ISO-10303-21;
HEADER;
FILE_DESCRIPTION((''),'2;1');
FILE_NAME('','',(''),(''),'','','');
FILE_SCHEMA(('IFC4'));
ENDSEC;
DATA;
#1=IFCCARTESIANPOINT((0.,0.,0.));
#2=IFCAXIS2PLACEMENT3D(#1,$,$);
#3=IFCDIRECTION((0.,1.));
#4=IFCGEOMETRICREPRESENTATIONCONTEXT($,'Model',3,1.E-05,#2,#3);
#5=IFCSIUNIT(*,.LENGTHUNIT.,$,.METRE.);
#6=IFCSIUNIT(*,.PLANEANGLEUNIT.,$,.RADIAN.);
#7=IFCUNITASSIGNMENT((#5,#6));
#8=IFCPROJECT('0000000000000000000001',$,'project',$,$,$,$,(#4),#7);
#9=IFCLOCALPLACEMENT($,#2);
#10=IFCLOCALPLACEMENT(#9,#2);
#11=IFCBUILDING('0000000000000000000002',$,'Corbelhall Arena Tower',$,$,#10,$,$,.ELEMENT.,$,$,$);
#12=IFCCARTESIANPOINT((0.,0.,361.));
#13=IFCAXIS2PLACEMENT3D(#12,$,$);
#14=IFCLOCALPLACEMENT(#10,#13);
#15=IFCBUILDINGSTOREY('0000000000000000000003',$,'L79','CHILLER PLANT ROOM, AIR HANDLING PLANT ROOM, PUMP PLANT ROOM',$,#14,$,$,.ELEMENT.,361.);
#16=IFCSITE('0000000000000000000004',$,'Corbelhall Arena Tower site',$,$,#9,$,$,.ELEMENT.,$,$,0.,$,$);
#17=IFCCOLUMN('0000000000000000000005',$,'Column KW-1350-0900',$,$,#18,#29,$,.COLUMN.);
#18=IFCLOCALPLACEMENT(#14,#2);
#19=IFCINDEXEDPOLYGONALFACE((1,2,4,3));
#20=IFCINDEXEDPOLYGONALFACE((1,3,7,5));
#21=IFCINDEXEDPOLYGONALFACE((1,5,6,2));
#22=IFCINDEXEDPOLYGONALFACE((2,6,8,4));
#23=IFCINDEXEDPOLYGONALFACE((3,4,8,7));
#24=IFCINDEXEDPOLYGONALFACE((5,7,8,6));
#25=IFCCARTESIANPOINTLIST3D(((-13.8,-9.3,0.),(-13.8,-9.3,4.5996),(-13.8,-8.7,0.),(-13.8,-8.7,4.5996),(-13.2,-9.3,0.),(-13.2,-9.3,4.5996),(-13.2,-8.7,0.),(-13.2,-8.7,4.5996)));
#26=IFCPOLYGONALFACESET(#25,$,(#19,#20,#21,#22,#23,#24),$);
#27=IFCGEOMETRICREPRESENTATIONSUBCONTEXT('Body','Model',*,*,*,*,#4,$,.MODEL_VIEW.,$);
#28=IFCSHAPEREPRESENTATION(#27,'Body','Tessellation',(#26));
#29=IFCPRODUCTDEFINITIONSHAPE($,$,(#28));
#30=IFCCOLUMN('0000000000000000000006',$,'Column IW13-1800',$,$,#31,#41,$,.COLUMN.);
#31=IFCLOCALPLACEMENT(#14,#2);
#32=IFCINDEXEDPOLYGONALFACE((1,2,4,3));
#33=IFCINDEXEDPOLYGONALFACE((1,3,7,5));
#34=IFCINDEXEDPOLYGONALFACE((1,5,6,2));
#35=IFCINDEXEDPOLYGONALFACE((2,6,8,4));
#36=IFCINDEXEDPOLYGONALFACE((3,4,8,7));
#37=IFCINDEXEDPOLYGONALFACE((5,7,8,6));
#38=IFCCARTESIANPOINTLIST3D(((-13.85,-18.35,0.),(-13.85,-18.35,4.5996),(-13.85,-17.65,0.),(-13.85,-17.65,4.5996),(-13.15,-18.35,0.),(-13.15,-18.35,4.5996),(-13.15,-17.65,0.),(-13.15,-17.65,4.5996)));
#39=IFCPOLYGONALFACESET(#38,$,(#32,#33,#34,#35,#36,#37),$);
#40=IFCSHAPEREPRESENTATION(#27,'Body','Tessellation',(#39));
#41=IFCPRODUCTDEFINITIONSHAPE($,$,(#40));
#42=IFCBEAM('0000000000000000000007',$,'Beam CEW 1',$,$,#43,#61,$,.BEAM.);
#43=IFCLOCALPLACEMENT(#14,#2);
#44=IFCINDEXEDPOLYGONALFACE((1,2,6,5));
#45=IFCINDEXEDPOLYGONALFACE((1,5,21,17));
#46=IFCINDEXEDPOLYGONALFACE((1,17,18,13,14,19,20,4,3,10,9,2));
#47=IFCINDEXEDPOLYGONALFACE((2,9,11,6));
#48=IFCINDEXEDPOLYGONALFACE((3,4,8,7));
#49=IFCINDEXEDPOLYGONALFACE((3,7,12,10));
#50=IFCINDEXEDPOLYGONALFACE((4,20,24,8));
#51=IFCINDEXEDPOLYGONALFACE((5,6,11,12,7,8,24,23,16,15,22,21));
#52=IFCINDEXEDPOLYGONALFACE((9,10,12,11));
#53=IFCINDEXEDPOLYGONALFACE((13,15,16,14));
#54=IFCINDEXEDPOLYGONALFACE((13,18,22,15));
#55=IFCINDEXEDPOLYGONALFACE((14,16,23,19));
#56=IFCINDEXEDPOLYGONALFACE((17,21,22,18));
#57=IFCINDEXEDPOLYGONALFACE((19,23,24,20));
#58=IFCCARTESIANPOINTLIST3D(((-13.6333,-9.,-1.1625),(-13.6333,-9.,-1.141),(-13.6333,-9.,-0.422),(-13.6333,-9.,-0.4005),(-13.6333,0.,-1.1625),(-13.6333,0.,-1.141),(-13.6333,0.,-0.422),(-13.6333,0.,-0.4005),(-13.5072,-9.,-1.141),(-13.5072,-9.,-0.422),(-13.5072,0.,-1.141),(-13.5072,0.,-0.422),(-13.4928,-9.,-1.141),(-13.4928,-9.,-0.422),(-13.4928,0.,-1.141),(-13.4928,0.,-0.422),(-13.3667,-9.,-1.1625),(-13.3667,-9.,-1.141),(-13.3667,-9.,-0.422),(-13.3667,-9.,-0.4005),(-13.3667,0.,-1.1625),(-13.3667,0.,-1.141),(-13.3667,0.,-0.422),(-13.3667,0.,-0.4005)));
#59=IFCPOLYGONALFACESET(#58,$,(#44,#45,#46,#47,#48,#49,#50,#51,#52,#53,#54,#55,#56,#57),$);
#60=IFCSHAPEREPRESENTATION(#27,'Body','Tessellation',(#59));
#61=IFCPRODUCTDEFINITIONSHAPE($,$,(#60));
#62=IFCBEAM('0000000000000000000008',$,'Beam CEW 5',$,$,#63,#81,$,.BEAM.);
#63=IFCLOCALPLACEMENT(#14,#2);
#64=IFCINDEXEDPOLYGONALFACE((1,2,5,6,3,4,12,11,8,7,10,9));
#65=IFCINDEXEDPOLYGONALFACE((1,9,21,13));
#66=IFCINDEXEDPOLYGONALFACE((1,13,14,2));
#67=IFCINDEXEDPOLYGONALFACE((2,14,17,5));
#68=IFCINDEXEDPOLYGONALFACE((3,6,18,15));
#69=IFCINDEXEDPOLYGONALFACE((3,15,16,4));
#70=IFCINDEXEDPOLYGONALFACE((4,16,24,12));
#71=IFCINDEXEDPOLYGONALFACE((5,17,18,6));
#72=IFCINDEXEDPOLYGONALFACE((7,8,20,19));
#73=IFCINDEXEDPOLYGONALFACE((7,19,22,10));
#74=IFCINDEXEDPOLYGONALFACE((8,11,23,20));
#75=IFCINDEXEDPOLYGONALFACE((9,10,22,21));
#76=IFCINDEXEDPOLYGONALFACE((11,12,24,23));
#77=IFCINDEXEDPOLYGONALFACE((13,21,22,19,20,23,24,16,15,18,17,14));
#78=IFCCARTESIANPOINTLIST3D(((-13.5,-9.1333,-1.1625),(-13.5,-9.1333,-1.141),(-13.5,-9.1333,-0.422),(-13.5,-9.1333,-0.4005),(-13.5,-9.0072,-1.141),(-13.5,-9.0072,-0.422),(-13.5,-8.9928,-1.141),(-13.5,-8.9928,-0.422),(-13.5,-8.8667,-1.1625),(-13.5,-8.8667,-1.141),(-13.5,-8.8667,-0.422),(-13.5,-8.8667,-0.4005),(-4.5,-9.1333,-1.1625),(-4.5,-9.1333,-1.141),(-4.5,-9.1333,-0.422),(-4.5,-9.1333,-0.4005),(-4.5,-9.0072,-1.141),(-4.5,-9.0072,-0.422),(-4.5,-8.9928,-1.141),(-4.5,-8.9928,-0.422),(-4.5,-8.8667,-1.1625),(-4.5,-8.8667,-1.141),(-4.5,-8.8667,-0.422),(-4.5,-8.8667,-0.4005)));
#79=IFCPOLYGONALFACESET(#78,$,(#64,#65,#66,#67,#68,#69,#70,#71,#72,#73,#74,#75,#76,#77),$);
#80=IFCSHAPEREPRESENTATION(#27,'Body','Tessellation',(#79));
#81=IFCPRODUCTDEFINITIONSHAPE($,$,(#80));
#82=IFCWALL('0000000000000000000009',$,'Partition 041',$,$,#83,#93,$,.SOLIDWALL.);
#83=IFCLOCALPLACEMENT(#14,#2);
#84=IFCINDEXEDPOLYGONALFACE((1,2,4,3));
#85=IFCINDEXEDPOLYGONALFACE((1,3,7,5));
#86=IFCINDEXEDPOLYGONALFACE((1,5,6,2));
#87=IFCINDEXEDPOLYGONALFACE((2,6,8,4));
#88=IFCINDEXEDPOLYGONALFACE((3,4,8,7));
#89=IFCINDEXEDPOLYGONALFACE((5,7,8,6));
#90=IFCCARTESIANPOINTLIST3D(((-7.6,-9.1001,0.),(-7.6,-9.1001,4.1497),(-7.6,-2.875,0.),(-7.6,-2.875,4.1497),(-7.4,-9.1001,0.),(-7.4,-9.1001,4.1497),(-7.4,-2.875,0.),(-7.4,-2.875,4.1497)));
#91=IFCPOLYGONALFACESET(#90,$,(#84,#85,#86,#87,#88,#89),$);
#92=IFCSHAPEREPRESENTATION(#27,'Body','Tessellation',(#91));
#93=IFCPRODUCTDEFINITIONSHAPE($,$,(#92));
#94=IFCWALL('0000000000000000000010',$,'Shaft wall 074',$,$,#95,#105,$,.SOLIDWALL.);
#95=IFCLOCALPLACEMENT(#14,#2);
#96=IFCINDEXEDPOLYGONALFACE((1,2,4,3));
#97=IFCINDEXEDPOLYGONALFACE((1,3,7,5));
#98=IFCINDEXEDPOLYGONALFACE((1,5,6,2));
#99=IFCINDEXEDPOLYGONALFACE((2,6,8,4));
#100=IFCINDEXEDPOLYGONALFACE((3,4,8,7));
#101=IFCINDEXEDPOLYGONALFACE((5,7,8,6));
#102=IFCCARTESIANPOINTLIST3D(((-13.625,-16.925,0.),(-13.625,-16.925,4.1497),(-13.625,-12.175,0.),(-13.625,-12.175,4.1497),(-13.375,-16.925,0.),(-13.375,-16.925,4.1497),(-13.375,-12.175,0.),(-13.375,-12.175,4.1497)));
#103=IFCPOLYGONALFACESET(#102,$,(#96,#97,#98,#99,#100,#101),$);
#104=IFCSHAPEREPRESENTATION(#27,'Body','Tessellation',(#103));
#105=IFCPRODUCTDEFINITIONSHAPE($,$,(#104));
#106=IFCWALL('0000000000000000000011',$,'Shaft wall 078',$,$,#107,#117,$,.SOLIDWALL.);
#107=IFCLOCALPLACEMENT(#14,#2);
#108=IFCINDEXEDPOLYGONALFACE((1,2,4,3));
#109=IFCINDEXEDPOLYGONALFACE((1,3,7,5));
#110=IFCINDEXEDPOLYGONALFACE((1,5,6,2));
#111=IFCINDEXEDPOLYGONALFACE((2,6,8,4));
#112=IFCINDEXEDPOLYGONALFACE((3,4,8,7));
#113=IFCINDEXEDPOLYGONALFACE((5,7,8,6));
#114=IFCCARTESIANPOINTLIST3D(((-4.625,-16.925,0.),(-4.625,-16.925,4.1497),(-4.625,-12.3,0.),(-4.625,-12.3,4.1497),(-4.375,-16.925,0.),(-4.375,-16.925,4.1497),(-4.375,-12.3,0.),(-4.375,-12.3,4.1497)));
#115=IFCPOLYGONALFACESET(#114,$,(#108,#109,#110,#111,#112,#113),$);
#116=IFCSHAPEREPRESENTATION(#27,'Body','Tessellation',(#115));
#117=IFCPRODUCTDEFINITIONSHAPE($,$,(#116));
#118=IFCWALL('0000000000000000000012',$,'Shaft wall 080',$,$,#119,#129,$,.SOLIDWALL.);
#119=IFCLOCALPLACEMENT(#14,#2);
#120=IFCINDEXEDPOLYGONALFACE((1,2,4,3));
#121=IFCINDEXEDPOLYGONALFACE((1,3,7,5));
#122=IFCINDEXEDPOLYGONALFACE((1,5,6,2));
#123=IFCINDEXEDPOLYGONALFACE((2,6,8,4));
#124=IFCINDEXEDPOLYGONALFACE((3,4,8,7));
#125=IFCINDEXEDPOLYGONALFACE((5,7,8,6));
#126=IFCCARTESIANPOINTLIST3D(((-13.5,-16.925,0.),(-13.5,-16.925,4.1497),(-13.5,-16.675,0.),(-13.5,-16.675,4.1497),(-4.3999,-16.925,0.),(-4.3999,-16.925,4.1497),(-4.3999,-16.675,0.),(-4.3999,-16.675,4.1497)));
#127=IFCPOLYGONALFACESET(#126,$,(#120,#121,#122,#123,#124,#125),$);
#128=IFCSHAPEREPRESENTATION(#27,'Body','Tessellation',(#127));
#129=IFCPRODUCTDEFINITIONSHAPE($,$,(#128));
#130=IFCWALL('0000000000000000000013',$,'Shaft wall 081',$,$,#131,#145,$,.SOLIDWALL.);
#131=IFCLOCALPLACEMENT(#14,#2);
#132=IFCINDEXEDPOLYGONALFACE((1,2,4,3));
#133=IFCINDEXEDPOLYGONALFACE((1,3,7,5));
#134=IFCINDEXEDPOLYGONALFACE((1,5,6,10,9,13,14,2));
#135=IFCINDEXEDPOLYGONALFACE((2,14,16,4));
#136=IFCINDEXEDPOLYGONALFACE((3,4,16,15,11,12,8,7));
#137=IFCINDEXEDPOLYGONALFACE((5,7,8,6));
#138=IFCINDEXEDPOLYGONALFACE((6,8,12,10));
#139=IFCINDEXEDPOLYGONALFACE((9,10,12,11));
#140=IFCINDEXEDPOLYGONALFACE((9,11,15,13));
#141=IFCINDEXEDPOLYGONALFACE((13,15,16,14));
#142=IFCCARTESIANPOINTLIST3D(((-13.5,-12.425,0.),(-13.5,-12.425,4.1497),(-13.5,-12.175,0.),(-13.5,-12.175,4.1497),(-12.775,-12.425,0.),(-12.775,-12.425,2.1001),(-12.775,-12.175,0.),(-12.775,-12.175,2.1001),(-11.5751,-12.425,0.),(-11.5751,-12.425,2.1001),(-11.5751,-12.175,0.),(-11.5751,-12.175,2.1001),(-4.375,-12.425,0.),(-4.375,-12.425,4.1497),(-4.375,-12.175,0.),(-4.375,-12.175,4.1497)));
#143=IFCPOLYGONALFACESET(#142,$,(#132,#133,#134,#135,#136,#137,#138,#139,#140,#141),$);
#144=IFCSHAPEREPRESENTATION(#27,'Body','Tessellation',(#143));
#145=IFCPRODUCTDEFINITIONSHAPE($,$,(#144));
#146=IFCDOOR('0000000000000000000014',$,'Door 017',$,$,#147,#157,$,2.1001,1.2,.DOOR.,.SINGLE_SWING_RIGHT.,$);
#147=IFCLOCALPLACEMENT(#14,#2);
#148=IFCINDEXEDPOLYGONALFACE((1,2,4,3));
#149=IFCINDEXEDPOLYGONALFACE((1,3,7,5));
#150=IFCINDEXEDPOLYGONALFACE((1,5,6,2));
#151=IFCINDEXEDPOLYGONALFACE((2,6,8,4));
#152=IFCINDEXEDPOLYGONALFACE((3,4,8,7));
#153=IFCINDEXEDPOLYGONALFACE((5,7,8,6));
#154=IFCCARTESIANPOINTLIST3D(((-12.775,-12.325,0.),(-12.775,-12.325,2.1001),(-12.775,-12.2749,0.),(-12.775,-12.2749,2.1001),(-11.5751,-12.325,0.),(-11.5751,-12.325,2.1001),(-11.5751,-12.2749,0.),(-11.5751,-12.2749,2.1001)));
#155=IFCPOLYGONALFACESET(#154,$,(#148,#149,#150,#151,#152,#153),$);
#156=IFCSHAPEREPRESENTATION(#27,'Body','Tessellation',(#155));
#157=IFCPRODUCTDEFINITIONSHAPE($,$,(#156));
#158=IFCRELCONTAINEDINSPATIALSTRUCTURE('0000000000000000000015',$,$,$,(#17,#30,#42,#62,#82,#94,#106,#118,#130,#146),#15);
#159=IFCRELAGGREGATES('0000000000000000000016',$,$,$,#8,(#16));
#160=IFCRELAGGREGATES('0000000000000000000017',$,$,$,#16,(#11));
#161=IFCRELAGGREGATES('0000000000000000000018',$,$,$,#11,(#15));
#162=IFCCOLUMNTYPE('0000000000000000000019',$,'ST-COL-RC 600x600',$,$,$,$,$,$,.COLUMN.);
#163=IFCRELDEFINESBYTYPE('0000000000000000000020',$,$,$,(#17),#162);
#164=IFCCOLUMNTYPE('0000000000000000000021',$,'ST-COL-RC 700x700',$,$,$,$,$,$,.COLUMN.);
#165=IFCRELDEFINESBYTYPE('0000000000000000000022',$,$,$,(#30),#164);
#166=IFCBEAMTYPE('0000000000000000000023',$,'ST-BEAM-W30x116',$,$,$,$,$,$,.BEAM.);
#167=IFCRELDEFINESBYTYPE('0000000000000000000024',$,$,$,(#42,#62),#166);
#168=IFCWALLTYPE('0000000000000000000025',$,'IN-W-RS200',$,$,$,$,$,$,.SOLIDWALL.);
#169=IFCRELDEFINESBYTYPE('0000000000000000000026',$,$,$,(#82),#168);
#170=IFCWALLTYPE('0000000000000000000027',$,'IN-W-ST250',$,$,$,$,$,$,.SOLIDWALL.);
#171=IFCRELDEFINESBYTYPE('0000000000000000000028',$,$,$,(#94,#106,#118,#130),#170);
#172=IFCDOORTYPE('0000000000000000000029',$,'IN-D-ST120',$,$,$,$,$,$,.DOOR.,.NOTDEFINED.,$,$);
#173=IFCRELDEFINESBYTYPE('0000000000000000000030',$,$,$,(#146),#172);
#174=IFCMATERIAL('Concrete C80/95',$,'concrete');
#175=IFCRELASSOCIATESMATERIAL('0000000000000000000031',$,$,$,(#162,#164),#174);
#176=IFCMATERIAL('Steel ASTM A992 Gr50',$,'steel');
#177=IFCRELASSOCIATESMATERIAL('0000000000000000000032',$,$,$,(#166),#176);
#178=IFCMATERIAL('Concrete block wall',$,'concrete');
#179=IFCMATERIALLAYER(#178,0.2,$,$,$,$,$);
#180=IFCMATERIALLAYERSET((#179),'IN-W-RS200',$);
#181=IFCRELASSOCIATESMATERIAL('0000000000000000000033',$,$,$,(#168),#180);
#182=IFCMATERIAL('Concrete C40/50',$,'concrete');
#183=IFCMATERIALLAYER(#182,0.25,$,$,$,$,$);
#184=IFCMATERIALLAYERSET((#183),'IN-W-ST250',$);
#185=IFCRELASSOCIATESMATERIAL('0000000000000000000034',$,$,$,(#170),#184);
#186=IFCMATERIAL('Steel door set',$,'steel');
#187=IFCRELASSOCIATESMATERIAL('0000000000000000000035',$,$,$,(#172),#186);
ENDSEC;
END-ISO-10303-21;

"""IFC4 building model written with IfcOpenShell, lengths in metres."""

from ifc_helpers import new_model, si_unit, direction, frame, frame_2d, origin, origin_2d, place, context, subcontext, project, spatial, rectangle, i_section, extrude, material, layer, layer_set, material_profile, profile_set, type_object, element, fill, save


model = new_model("IFC4")

# Units and contexts
model_context = context("Model", 3, precision=1e-05, world=origin(), true_north=direction((0.0, 1.0)))
body_context = subcontext(model_context, "Body", "Model", "MODEL_VIEW")
ifc_project = project(units=[si_unit("LENGTHUNIT", "METRE"), si_unit("PLANEANGLEUNIT", "RADIAN")], contexts=[model_context])

# Site, building, storey
site_placement = place(None, origin())
site = spatial("IfcSite", under=ifc_project, at=site_placement, Name="Corbelhall Arena Tower site", CompositionType="ELEMENT", RefElevation=0.0)
building_placement = place(site_placement, origin())
building = spatial("IfcBuilding", under=site, at=building_placement, Name="Corbelhall Arena Tower", CompositionType="ELEMENT")
storey_placement = place(building_placement, frame((0.0, 0.0, 361.0)))
storey = spatial("IfcBuildingStorey", under=building, at=storey_placement, Name="L79", Description="CHILLER PLANT ROOM, AIR HANDLING PLANT ROOM, PUMP PLANT ROOM", CompositionType="ELEMENT", Elevation=361.0)

# Columns
ifc_material_1 = material(Name="Concrete C80/95", Category="concrete")
ifc_material_profile_1 = material_profile(ifc_material_1, rectangle(XDim=0.6001, YDim=0.6001, at=origin_2d()))
ifc_profile_set_1 = profile_set([ifc_material_profile_1], Name="Concrete C80/95")
column_type_1 = type_object("IfcColumnType", Name="ST-COL-RC 600x600", PredefinedType="COLUMN", material=ifc_profile_set_1)
column_1_placement = place(storey_placement, frame((-13.5, -9.0, 0.0), z_axis=(0.0, 0.0, 1.0), x_axis=(1.0, 0.0, 0.0)))
element("IfcColumn", 1, at=column_1_placement, inside=storey, type_object=column_type_1, Name="Column KW-1350-0900", PredefinedType="COLUMN", context=body_context, shape_type="SweptSolid", body=[
    extrude(rectangle(XDim=0.6001, YDim=0.6001, at=origin_2d()), origin(), (0.0, 0.0, 1.0), 4.5996),
])
ifc_material_profile_2 = material_profile(ifc_material_1, rectangle(XDim=0.7, YDim=0.7, at=origin_2d()))
ifc_profile_set_2 = profile_set([ifc_material_profile_2], Name="Concrete C80/95")
column_type_2 = type_object("IfcColumnType", Name="ST-COL-RC 700x700", PredefinedType="COLUMN", material=ifc_profile_set_2)
column_2_placement = place(storey_placement, frame((-13.5, -18.0, 0.0), z_axis=(0.0, 0.0, 1.0), x_axis=(1.0, 0.0, 0.0)))
element("IfcColumn", 2, at=column_2_placement, inside=storey, type_object=column_type_2, Name="Column IW13-1800", PredefinedType="COLUMN", context=body_context, shape_type="SweptSolid", body=[
    extrude(rectangle(XDim=0.7, YDim=0.7, at=origin_2d()), origin(), (0.0, 0.0, 1.0), 4.5996),
])

# Beams
ifc_material_2 = material(Name="Steel ASTM A992 Gr50", Category="steel")
ifc_material_profile_3 = material_profile(ifc_material_2, i_section(OverallWidth=0.2666, OverallDepth=0.762, WebThickness=0.0144, FlangeThickness=0.0215, at=origin_2d()))
ifc_profile_set_3 = profile_set([ifc_material_profile_3], Name="Steel ASTM A992 Gr50")
beam_type = type_object("IfcBeamType", Name="ST-BEAM-W30x116", PredefinedType="BEAM", material=ifc_profile_set_3)
for number, where, z_axis, x_axis, name in (
    (3, (-13.5, -9.0, -0.7815), (0.0, 1.0, 0.0), (-1.0, 0.0, 0.0), "Beam CEW 1"),
    (4, (-13.5, -9.0, -0.7815), (1.0, 0.0, 0.0), (0.0, 1.0, 0.0), "Beam CEW 5"),
):
    element("IfcBeam", number, at=place(storey_placement, frame(where, z_axis=z_axis, x_axis=x_axis)), inside=storey, type_object=beam_type, Name=name, PredefinedType="BEAM", context=body_context, shape_type="SweptSolid", body=[
        extrude(i_section(OverallWidth=0.2666, OverallDepth=0.762, WebThickness=0.0144, FlangeThickness=0.0215, at=origin_2d()), origin(), (0.0, 0.0, 1.0), 9.0),
    ])

# Shared definitions
ifc_material_3 = material(Name="Steel door set", Category="steel")

# Walls
ifc_material_4 = material(Name="Concrete block wall", Category="concrete")
ifc_layer_1 = layer(ifc_material_4, 0.2)
ifc_layer_set_1 = layer_set([ifc_layer_1], Name="IN-W-RS200")
wall_type_1 = type_object("IfcWallType", Name="IN-W-RS200", PredefinedType="SOLIDWALL", material=ifc_layer_set_1)
wall_1_placement = place(storey_placement, frame((-7.5, -9.1001, 0.0), z_axis=(0.0, 0.0, 1.0), x_axis=(0.0, 1.0, 0.0)))
element("IfcWall", 5, at=wall_1_placement, inside=storey, type_object=wall_type_1, Name="Partition 041", PredefinedType="SOLIDWALL", context=body_context, shape_type="SweptSolid", body=[
    extrude(rectangle(XDim=6.2251, YDim=0.2, at=frame_2d((3.1125, 0.0))), origin(), (0.0, 0.0, 1.0), 4.1497),
])
ifc_material_5 = material(Name="Concrete C40/50", Category="concrete")
ifc_layer_2 = layer(ifc_material_5, 0.25)
ifc_layer_set_2 = layer_set([ifc_layer_2], Name="IN-W-ST250")
wall_type_2 = type_object("IfcWallType", Name="IN-W-ST250", PredefinedType="SOLIDWALL", material=ifc_layer_set_2)
wall_2_placement = place(storey_placement, frame((-13.5, -12.175, 0.0), z_axis=(0.0, 0.0, 1.0), x_axis=(0.0, -1.0, 0.0)))
element("IfcWall", 6, at=wall_2_placement, inside=storey, type_object=wall_type_2, Name="Shaft wall 074", PredefinedType="SOLIDWALL", context=body_context, shape_type="SweptSolid", body=[
    extrude(rectangle(XDim=4.75, YDim=0.25, at=frame_2d((2.375, 0.0))), origin(), (0.0, 0.0, 1.0), 4.1497),
])
wall_3_placement = place(storey_placement, frame((-4.5, -12.3, 0.0), z_axis=(0.0, 0.0, 1.0), x_axis=(0.0, -1.0, 0.0)))
element("IfcWall", 7, at=wall_3_placement, inside=storey, type_object=wall_type_2, Name="Shaft wall 078", PredefinedType="SOLIDWALL", context=body_context, shape_type="SweptSolid", body=[
    extrude(rectangle(XDim=4.625, YDim=0.25, at=frame_2d((2.3125, 0.0))), origin(), (0.0, 0.0, 1.0), 4.1497),
])
wall_4_placement = place(storey_placement, frame((-4.3999, -16.8, 0.0), z_axis=(0.0, 0.0, 1.0), x_axis=(-1.0, 0.0, 0.0)))
element("IfcWall", 8, at=wall_4_placement, inside=storey, type_object=wall_type_2, Name="Shaft wall 080", PredefinedType="SOLIDWALL", context=body_context, shape_type="SweptSolid", body=[
    extrude(rectangle(XDim=9.1001, YDim=0.25, at=frame_2d((4.55, 0.0))), origin(), (0.0, 0.0, 1.0), 4.1497),
])

# Wall, opening, door
wall_5_placement = place(storey_placement, frame((-4.375, -12.3, 0.0), z_axis=(0.0, 0.0, 1.0), x_axis=(-1.0, 0.0, 0.0)))
wall_5 = element("IfcWall", 9, at=wall_5_placement, inside=storey, type_object=wall_type_2, Name="Shaft wall 081", PredefinedType="SOLIDWALL", context=body_context, shape_type="SweptSolid", body=[
    extrude(rectangle(XDim=9.125, YDim=0.25, at=frame_2d((4.5625, 0.0))), origin(), (0.0, 0.0, 1.0), 4.1497),
])
opening_1_placement = place(wall_5_placement, frame((7.2, 0.0, 0.0)))
opening_1 = element("IfcOpeningElement", 10, at=opening_1_placement, cuts=wall_5, PredefinedType="OPENING", context=body_context, shape_type="SweptSolid", body=[
    extrude(rectangle(XDim=1.2, YDim=2.1001, at=frame_2d((0.6001, 1.05))), frame((0.0, 0.125, 0.0), z_axis=(0.0, -1.0, 0.0), x_axis=(1.0, 0.0, 0.0)), (0.0, 0.0, 1.0), 0.25),
])
door_type_1 = type_object("IfcDoorType", Name="IN-D-ST120", OperationType="NOTDEFINED", PredefinedType="DOOR", material=ifc_material_3)
door_1_placement = place(opening_1_placement, origin())
door_1 = element("IfcDoor", 11, at=door_1_placement, inside=storey, type_object=door_type_1, Name="Door 017", OperationType="SINGLE_SWING_RIGHT", OverallHeight=2.1001, OverallWidth=1.2, PredefinedType="DOOR", context=body_context, shape_type="SweptSolid", body=[
    extrude(rectangle(XDim=1.2, YDim=2.1001, at=frame_2d((0.6001, 1.05))), frame((0.0, 0.0249, 0.0), z_axis=(0.0, -1.0, 0.0), x_axis=(1.0, 0.0, 0.0)), (0.0, 0.0, 1.0), 0.05),
])
fill(opening_1, door_1)

save(model, "model.ifc")
